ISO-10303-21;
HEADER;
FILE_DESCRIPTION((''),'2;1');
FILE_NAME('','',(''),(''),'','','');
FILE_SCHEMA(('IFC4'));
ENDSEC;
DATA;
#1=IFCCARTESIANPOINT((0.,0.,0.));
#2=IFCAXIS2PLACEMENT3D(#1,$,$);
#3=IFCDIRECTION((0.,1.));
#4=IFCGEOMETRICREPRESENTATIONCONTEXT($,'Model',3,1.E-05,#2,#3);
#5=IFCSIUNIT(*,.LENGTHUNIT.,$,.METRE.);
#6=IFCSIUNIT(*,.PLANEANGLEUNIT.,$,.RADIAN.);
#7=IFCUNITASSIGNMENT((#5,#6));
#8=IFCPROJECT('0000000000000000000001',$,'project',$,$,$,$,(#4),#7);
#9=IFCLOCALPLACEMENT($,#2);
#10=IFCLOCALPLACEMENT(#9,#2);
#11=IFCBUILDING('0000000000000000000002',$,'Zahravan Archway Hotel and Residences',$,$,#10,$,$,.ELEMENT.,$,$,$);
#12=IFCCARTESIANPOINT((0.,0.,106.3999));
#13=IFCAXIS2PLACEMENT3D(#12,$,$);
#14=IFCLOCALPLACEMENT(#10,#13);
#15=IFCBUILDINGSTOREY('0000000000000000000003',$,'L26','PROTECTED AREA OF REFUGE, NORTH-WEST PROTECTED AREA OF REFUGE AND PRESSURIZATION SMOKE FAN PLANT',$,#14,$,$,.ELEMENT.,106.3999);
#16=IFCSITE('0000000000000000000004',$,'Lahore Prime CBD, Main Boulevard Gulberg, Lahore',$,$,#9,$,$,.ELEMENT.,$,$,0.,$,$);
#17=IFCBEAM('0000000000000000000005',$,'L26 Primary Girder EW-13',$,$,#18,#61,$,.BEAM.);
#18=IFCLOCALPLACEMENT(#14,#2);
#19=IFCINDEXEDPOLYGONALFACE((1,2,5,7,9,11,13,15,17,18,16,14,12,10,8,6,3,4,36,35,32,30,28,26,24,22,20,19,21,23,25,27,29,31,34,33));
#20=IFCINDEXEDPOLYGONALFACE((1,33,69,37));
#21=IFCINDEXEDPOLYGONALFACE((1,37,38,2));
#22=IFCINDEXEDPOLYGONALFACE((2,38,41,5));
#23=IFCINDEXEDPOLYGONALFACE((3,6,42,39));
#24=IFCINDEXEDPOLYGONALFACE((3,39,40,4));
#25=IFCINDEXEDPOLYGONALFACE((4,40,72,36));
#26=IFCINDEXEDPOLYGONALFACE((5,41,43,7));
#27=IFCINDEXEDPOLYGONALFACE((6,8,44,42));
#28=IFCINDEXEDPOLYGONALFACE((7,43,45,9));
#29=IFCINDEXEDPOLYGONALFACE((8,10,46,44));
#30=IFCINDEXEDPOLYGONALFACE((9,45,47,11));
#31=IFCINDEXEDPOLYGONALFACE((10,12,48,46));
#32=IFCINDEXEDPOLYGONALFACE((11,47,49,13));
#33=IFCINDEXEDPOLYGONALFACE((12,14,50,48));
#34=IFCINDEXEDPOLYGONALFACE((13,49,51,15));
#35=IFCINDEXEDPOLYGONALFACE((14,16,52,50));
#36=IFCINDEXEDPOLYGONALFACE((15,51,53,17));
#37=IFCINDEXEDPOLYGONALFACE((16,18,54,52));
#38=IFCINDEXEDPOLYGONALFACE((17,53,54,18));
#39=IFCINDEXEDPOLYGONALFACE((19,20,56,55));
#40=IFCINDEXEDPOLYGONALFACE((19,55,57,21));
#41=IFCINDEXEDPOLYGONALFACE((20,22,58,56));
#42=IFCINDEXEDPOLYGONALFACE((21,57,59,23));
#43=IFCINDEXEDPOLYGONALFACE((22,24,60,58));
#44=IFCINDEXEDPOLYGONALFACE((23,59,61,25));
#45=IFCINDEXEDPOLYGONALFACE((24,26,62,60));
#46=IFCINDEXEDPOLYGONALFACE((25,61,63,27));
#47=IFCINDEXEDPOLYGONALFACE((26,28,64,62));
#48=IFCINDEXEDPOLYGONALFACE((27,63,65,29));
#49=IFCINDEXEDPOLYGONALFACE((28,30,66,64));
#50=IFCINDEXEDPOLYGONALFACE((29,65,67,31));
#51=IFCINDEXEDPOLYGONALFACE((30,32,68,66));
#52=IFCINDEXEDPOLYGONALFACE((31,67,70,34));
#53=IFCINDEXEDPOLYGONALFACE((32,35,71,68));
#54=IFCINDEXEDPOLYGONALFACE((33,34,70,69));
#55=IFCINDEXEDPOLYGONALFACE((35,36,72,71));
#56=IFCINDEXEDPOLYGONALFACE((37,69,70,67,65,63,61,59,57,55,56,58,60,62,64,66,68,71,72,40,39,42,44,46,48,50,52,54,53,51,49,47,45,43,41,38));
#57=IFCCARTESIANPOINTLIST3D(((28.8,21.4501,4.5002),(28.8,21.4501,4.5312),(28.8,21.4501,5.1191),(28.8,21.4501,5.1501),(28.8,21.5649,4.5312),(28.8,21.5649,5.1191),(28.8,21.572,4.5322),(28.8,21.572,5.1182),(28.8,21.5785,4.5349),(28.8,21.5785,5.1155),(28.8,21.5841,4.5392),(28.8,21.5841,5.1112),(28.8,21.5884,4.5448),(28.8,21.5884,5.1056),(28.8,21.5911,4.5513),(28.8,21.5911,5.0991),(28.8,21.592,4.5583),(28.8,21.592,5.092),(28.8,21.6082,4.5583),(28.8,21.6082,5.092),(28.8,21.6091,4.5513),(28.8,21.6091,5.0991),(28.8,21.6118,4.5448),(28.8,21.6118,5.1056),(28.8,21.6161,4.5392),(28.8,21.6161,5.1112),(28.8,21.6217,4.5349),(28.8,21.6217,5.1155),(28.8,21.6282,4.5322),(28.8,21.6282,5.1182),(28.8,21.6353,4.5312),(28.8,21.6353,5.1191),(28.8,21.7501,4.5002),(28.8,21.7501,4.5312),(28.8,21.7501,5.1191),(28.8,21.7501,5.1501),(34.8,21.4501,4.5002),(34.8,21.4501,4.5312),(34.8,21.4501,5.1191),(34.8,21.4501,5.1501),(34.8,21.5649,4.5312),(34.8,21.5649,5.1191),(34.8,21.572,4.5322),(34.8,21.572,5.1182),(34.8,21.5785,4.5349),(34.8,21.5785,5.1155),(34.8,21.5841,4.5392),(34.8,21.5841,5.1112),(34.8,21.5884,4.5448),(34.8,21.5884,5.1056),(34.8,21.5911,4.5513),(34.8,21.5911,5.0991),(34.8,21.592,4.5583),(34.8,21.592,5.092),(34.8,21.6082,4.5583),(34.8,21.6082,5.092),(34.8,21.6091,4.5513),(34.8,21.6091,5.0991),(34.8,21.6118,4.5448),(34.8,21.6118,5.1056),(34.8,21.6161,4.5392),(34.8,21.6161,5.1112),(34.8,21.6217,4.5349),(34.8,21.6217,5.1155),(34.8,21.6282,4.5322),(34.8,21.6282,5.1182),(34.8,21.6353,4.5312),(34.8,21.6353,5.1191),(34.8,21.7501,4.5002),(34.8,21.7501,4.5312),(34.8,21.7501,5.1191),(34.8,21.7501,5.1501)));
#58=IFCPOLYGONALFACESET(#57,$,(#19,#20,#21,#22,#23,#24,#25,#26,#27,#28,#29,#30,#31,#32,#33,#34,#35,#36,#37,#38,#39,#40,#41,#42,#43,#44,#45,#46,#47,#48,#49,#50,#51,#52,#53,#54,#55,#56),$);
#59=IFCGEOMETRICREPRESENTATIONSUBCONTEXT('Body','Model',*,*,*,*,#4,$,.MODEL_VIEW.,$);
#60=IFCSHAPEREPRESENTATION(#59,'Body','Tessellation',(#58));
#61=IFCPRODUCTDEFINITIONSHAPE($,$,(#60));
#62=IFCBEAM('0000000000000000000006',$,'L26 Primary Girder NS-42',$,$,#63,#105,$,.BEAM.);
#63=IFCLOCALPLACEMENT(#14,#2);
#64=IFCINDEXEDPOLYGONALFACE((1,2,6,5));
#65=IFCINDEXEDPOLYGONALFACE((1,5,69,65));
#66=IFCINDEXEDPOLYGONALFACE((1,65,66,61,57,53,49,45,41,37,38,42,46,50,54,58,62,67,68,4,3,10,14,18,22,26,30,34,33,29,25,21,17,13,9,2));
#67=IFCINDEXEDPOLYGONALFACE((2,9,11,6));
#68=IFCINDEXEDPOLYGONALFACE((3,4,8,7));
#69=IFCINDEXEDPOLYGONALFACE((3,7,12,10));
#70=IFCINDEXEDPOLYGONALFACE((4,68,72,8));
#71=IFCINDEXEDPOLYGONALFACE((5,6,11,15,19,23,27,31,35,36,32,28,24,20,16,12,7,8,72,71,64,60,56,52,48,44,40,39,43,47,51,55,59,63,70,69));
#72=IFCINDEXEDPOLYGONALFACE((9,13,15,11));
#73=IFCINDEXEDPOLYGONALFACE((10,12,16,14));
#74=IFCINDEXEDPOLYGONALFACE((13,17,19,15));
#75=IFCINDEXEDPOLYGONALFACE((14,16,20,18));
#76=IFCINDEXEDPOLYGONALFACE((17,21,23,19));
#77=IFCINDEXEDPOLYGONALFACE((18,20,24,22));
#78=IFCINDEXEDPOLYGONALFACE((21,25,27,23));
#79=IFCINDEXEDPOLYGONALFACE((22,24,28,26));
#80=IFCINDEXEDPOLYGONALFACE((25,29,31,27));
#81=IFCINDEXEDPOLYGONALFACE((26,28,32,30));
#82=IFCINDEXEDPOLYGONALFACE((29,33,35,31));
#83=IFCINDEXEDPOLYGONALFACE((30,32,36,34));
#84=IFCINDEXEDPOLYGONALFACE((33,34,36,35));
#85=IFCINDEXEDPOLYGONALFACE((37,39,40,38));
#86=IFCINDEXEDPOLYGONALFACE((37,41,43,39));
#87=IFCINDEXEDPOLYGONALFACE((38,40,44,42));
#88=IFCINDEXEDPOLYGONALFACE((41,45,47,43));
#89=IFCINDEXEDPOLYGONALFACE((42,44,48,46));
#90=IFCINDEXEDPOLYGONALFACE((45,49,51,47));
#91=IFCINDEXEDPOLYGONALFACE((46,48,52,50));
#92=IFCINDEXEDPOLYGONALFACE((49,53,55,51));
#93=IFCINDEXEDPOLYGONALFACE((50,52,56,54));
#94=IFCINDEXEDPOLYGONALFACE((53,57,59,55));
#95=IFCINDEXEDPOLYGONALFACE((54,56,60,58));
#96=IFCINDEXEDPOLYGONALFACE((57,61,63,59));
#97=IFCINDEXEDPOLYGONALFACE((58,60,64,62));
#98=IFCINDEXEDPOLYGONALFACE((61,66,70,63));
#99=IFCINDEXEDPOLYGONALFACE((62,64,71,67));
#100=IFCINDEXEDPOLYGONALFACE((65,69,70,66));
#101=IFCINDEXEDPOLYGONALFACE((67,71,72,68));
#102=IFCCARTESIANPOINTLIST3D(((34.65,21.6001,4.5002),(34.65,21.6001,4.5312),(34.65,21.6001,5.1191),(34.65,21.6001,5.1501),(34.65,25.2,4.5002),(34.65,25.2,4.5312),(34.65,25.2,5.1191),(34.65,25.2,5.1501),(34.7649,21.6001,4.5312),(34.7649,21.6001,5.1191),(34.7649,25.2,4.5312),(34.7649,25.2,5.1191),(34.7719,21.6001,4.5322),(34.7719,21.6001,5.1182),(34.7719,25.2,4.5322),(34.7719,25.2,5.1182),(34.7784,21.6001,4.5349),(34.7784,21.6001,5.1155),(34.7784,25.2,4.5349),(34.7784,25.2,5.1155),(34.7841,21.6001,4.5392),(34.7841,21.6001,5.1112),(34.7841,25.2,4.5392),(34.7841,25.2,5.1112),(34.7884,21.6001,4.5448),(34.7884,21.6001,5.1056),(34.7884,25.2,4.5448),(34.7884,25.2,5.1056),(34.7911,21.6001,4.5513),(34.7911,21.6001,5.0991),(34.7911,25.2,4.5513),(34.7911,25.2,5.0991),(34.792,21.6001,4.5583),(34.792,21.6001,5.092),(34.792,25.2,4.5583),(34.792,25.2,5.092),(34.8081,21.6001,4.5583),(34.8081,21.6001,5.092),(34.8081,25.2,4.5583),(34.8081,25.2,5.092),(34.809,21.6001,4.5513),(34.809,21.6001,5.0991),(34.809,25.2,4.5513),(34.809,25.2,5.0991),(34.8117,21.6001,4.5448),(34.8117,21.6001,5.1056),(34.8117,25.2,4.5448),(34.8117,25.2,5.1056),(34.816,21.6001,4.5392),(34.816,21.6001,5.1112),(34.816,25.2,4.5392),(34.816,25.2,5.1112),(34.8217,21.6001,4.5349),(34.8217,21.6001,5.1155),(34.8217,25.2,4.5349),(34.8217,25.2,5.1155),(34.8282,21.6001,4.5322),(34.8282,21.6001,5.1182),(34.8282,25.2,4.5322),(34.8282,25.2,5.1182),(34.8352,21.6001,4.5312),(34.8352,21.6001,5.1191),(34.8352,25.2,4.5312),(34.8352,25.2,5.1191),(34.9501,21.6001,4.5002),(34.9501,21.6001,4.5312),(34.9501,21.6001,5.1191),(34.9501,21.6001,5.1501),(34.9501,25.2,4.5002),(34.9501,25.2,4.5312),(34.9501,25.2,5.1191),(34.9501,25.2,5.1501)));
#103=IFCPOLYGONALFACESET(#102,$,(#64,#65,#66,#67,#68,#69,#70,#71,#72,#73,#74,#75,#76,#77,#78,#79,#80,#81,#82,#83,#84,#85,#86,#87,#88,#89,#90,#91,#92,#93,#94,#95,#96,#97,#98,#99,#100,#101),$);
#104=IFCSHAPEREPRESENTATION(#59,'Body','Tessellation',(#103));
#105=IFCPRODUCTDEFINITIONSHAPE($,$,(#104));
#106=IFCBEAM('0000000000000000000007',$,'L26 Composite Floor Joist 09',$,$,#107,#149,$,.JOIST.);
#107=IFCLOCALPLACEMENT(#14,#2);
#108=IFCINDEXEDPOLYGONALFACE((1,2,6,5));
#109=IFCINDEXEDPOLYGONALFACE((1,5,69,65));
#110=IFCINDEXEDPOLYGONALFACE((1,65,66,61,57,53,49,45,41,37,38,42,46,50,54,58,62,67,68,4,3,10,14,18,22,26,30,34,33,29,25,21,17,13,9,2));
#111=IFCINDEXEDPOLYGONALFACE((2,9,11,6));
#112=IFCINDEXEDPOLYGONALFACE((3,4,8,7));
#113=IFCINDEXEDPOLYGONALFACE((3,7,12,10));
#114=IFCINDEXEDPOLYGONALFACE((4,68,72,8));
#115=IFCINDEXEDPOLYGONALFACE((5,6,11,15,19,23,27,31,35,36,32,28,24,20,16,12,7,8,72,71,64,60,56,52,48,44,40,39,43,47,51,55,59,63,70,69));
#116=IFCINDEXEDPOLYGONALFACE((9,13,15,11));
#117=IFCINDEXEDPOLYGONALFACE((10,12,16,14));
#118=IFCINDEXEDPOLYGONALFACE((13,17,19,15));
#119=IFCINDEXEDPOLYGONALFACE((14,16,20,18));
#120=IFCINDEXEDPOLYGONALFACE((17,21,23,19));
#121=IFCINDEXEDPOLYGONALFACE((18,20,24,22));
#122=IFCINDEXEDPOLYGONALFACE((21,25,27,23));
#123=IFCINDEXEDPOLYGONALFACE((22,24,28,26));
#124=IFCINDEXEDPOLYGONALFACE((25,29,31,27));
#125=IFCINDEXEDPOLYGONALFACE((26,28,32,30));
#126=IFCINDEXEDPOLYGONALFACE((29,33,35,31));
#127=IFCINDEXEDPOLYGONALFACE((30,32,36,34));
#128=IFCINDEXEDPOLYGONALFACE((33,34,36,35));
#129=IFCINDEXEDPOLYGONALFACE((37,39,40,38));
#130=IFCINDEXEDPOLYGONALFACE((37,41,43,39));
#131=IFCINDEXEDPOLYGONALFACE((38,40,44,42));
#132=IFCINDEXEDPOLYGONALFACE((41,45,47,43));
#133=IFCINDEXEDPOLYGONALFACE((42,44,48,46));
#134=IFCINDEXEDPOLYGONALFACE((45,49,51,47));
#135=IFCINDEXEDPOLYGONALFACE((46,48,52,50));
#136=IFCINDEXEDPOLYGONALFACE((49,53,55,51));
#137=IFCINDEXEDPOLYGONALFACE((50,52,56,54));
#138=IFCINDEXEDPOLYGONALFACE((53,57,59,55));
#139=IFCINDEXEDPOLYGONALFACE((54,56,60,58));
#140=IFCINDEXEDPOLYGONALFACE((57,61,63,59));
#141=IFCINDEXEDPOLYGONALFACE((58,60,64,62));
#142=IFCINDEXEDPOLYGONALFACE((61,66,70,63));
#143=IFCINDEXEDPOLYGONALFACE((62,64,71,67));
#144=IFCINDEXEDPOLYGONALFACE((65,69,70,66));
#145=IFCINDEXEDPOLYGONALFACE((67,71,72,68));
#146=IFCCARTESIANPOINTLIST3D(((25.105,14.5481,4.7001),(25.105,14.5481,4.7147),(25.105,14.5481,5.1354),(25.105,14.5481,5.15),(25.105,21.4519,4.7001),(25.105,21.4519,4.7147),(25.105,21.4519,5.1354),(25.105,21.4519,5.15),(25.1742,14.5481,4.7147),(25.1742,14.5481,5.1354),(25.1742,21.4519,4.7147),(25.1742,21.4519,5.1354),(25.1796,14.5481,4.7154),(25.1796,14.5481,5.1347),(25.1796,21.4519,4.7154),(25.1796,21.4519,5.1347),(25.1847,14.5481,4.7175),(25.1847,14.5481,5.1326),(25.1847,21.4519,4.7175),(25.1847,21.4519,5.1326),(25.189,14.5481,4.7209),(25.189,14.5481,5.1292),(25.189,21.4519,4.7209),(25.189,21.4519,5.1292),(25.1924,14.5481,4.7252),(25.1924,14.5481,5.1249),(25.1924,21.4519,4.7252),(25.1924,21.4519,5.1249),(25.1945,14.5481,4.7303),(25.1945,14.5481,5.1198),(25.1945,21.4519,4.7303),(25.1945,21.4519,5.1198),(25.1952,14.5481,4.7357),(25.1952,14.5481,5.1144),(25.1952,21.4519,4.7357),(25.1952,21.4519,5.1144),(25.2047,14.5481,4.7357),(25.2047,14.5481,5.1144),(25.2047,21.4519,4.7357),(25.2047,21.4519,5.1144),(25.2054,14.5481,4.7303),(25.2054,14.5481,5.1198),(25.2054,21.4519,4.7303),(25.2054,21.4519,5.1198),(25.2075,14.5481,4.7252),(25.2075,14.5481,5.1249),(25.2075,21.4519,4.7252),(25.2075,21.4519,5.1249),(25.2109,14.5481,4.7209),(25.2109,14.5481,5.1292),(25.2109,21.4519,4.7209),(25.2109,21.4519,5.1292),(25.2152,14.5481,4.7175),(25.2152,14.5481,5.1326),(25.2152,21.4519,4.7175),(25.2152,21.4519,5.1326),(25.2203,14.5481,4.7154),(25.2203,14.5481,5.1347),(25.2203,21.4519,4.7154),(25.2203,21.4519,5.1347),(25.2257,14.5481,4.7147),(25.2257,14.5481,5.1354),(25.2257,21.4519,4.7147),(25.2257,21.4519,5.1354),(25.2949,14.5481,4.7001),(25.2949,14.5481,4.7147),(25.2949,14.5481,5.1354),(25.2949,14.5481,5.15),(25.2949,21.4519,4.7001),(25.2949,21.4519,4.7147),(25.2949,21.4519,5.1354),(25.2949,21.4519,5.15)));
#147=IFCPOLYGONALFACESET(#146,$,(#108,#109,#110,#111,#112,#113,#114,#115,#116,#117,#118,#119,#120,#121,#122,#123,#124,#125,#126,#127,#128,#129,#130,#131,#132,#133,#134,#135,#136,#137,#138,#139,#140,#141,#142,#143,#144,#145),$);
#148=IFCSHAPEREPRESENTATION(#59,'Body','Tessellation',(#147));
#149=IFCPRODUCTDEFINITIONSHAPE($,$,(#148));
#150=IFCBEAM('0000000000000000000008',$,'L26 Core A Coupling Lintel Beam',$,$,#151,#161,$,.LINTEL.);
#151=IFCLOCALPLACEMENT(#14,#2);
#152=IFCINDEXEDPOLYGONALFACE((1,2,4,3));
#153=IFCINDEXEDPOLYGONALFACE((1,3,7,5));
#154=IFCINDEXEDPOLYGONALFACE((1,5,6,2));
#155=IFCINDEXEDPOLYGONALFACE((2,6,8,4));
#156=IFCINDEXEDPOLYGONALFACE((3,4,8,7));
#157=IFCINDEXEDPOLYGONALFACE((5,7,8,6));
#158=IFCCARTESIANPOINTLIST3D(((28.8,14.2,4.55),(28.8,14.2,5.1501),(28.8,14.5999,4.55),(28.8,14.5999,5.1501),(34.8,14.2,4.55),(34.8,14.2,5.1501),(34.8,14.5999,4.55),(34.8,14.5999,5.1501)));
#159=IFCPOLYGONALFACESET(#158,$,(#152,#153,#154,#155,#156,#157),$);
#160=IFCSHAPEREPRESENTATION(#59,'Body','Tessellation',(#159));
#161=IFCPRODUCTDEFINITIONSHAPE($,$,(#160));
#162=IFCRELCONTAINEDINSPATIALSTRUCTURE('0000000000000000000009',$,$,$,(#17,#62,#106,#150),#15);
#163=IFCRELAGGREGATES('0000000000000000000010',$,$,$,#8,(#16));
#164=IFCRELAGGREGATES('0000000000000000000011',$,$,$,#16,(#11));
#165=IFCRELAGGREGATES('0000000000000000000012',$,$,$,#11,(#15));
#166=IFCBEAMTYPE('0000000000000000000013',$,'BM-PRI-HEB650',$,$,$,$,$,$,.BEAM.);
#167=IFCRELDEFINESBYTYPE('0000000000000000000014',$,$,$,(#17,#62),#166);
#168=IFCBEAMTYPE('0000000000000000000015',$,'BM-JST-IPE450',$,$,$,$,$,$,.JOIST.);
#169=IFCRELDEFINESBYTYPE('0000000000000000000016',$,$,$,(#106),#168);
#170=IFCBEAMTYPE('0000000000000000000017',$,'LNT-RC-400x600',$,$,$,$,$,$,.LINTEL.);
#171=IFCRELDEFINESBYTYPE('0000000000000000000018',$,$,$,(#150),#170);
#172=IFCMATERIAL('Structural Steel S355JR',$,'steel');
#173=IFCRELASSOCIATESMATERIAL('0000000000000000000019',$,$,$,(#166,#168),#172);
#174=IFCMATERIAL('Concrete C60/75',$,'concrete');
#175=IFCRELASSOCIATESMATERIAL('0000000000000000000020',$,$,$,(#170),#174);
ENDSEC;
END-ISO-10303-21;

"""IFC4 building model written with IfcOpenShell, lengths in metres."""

from ifc_helpers import new_model, si_unit, direction, frame, origin, origin_2d, place, context, subcontext, project, spatial, rectangle, i_section, extrude, source, transform, mapped, material, material_profile, profile_set, type_object, type_shapes, element, save


model = new_model("IFC4")

# Units and contexts
model_context = context("Model", 3, precision=1e-05, world=origin(), true_north=direction((0.0, 1.0)))
body_context = subcontext(model_context, "Body", "Model", "MODEL_VIEW")
ifc_project = project(units=[si_unit("LENGTHUNIT", "METRE"), si_unit("PLANEANGLEUNIT", "RADIAN")], contexts=[model_context])

# Site, building, storey
site_placement = place(None, origin())
site = spatial("IfcSite", under=ifc_project, at=site_placement, Name="Lahore Prime CBD, Main Boulevard Gulberg, Lahore", CompositionType="ELEMENT", RefElevation=0.0)
building_placement = place(site_placement, origin())
building = spatial("IfcBuilding", under=site, at=building_placement, Name="Zahravan Archway Hotel and Residences", CompositionType="ELEMENT")
storey_placement = place(building_placement, frame((0.0, 0.0, 106.3999)))
storey = spatial("IfcBuildingStorey", under=building, at=storey_placement, Name="L26", Description="PROTECTED AREA OF REFUGE, NORTH-WEST PROTECTED AREA OF REFUGE AND PRESSURIZATION SMOKE FAN PLANT", CompositionType="ELEMENT", Elevation=106.3999)

# Beams
ifc_material_1 = material(Name="Structural Steel S355JR", Category="steel")
ifc_material_profile_1 = material_profile(ifc_material_1, i_section(OverallWidth=0.3, OverallDepth=0.6499, WebThickness=0.0161, FlangeThickness=0.031, FilletRadius=0.0271, at=origin_2d()), Name="HEB 650", Category="steel")
ifc_profile_set_1 = profile_set([ifc_material_profile_1], Name="Structural Steel S355JR")
beam_type_1 = type_object("IfcBeamType", Name="BM-PRI-HEB650", PredefinedType="BEAM", material=ifc_profile_set_1)
shared_shape_1 = source(origin(), body_context, "Body", "SweptSolid", [
    extrude(i_section(OverallWidth=0.3, OverallDepth=0.6499, WebThickness=0.0161, FlangeThickness=0.031, FilletRadius=0.0271, at=origin_2d()), origin(), (0.0, 0.0, 1.0), 6.0),
])
beam_1_placement = place(storey_placement, frame((28.8, 21.6001, 4.8252), z_axis=(1.0, 0.0, 0.0), x_axis=(0.0, 1.0, 0.0)))
element("IfcBeam", 1, at=beam_1_placement, inside=storey, type_object=beam_type_1, Name="L26 Primary Girder EW-13", PredefinedType="BEAM", context=body_context, shape_type="MappedRepresentation", body=[
    mapped(shared_shape_1, transform((0.0, 0.0, 0.0), scale=1.0)),
])
shared_shape_2 = source(origin(), body_context, "Body", "SweptSolid", [
    extrude(i_section(OverallWidth=0.3, OverallDepth=0.6499, WebThickness=0.0161, FlangeThickness=0.031, FilletRadius=0.0271, at=origin_2d()), origin(), (0.0, 0.0, 1.0), 3.5999),
])
beam_2_placement = place(storey_placement, frame((34.8, 21.6001, 4.8252), z_axis=(0.0, 1.0, 0.0), x_axis=(-1.0, 0.0, 0.0)))
element("IfcBeam", 2, at=beam_2_placement, inside=storey, type_object=beam_type_1, Name="L26 Primary Girder NS-42", PredefinedType="BEAM", context=body_context, shape_type="MappedRepresentation", body=[
    mapped(shared_shape_2, transform((0.0, 0.0, 0.0), scale=1.0)),
])
ifc_material_profile_2 = material_profile(ifc_material_1, i_section(OverallWidth=0.1899, OverallDepth=0.45, WebThickness=0.0095, FlangeThickness=0.0146, FilletRadius=0.021, at=origin_2d()), Name="IPE 450", Category="steel")
ifc_profile_set_2 = profile_set([ifc_material_profile_2], Name="Structural Steel S355JR")
beam_type_2 = type_object("IfcBeamType", Name="BM-JST-IPE450", PredefinedType="JOIST", material=ifc_profile_set_2)
shared_shape_3 = source(origin(), body_context, "Body", "SweptSolid", [
    extrude(i_section(OverallWidth=0.1899, OverallDepth=0.45, WebThickness=0.0095, FlangeThickness=0.0146, FilletRadius=0.021, at=origin_2d()), origin(), (0.0, 0.0, 1.0), 6.9038),
])
beam_3_placement = place(storey_placement, frame((25.2, 14.5481, 4.925), z_axis=(0.0, 1.0, 0.0), x_axis=(-1.0, 0.0, 0.0)))
element("IfcBeam", 3, at=beam_3_placement, inside=storey, type_object=beam_type_2, Name="L26 Composite Floor Joist 09", PredefinedType="JOIST", context=body_context, shape_type="MappedRepresentation", body=[
    mapped(shared_shape_3, transform((0.0, 0.0, 0.0), scale=1.0)),
])
ifc_material_2 = material(Name="Concrete C60/75", Category="concrete")
ifc_material_profile_3 = material_profile(ifc_material_2, rectangle(XDim=0.3999, YDim=0.6001, at=origin_2d()), Name="RC-LNT-400x600", Category="concrete")
ifc_profile_set_3 = profile_set([ifc_material_profile_3], Name="Concrete C60/75")
beam_type_3 = type_object("IfcBeamType", Name="LNT-RC-400x600", PredefinedType="LINTEL", material=ifc_profile_set_3)
shared_shape_4 = source(origin(), body_context, "Body", "SweptSolid", [
    extrude(rectangle(XDim=0.3999, YDim=0.6001, at=origin_2d()), origin(), (0.0, 0.0, 1.0), 6.0),
])
type_shapes(beam_type_3, [shared_shape_4])
beam_4_placement = place(storey_placement, frame((28.8, 14.3999, 4.8501), z_axis=(1.0, 0.0, 0.0), x_axis=(0.0, 1.0, 0.0)))
element("IfcBeam", 4, at=beam_4_placement, inside=storey, type_object=beam_type_3, Name="L26 Core A Coupling Lintel Beam", PredefinedType="LINTEL", context=body_context, shape_type="MappedRepresentation", body=[
    mapped(shared_shape_4, transform((0.0, 0.0, 0.0), scale=1.0)),
])

save(model, "model.ifc")
